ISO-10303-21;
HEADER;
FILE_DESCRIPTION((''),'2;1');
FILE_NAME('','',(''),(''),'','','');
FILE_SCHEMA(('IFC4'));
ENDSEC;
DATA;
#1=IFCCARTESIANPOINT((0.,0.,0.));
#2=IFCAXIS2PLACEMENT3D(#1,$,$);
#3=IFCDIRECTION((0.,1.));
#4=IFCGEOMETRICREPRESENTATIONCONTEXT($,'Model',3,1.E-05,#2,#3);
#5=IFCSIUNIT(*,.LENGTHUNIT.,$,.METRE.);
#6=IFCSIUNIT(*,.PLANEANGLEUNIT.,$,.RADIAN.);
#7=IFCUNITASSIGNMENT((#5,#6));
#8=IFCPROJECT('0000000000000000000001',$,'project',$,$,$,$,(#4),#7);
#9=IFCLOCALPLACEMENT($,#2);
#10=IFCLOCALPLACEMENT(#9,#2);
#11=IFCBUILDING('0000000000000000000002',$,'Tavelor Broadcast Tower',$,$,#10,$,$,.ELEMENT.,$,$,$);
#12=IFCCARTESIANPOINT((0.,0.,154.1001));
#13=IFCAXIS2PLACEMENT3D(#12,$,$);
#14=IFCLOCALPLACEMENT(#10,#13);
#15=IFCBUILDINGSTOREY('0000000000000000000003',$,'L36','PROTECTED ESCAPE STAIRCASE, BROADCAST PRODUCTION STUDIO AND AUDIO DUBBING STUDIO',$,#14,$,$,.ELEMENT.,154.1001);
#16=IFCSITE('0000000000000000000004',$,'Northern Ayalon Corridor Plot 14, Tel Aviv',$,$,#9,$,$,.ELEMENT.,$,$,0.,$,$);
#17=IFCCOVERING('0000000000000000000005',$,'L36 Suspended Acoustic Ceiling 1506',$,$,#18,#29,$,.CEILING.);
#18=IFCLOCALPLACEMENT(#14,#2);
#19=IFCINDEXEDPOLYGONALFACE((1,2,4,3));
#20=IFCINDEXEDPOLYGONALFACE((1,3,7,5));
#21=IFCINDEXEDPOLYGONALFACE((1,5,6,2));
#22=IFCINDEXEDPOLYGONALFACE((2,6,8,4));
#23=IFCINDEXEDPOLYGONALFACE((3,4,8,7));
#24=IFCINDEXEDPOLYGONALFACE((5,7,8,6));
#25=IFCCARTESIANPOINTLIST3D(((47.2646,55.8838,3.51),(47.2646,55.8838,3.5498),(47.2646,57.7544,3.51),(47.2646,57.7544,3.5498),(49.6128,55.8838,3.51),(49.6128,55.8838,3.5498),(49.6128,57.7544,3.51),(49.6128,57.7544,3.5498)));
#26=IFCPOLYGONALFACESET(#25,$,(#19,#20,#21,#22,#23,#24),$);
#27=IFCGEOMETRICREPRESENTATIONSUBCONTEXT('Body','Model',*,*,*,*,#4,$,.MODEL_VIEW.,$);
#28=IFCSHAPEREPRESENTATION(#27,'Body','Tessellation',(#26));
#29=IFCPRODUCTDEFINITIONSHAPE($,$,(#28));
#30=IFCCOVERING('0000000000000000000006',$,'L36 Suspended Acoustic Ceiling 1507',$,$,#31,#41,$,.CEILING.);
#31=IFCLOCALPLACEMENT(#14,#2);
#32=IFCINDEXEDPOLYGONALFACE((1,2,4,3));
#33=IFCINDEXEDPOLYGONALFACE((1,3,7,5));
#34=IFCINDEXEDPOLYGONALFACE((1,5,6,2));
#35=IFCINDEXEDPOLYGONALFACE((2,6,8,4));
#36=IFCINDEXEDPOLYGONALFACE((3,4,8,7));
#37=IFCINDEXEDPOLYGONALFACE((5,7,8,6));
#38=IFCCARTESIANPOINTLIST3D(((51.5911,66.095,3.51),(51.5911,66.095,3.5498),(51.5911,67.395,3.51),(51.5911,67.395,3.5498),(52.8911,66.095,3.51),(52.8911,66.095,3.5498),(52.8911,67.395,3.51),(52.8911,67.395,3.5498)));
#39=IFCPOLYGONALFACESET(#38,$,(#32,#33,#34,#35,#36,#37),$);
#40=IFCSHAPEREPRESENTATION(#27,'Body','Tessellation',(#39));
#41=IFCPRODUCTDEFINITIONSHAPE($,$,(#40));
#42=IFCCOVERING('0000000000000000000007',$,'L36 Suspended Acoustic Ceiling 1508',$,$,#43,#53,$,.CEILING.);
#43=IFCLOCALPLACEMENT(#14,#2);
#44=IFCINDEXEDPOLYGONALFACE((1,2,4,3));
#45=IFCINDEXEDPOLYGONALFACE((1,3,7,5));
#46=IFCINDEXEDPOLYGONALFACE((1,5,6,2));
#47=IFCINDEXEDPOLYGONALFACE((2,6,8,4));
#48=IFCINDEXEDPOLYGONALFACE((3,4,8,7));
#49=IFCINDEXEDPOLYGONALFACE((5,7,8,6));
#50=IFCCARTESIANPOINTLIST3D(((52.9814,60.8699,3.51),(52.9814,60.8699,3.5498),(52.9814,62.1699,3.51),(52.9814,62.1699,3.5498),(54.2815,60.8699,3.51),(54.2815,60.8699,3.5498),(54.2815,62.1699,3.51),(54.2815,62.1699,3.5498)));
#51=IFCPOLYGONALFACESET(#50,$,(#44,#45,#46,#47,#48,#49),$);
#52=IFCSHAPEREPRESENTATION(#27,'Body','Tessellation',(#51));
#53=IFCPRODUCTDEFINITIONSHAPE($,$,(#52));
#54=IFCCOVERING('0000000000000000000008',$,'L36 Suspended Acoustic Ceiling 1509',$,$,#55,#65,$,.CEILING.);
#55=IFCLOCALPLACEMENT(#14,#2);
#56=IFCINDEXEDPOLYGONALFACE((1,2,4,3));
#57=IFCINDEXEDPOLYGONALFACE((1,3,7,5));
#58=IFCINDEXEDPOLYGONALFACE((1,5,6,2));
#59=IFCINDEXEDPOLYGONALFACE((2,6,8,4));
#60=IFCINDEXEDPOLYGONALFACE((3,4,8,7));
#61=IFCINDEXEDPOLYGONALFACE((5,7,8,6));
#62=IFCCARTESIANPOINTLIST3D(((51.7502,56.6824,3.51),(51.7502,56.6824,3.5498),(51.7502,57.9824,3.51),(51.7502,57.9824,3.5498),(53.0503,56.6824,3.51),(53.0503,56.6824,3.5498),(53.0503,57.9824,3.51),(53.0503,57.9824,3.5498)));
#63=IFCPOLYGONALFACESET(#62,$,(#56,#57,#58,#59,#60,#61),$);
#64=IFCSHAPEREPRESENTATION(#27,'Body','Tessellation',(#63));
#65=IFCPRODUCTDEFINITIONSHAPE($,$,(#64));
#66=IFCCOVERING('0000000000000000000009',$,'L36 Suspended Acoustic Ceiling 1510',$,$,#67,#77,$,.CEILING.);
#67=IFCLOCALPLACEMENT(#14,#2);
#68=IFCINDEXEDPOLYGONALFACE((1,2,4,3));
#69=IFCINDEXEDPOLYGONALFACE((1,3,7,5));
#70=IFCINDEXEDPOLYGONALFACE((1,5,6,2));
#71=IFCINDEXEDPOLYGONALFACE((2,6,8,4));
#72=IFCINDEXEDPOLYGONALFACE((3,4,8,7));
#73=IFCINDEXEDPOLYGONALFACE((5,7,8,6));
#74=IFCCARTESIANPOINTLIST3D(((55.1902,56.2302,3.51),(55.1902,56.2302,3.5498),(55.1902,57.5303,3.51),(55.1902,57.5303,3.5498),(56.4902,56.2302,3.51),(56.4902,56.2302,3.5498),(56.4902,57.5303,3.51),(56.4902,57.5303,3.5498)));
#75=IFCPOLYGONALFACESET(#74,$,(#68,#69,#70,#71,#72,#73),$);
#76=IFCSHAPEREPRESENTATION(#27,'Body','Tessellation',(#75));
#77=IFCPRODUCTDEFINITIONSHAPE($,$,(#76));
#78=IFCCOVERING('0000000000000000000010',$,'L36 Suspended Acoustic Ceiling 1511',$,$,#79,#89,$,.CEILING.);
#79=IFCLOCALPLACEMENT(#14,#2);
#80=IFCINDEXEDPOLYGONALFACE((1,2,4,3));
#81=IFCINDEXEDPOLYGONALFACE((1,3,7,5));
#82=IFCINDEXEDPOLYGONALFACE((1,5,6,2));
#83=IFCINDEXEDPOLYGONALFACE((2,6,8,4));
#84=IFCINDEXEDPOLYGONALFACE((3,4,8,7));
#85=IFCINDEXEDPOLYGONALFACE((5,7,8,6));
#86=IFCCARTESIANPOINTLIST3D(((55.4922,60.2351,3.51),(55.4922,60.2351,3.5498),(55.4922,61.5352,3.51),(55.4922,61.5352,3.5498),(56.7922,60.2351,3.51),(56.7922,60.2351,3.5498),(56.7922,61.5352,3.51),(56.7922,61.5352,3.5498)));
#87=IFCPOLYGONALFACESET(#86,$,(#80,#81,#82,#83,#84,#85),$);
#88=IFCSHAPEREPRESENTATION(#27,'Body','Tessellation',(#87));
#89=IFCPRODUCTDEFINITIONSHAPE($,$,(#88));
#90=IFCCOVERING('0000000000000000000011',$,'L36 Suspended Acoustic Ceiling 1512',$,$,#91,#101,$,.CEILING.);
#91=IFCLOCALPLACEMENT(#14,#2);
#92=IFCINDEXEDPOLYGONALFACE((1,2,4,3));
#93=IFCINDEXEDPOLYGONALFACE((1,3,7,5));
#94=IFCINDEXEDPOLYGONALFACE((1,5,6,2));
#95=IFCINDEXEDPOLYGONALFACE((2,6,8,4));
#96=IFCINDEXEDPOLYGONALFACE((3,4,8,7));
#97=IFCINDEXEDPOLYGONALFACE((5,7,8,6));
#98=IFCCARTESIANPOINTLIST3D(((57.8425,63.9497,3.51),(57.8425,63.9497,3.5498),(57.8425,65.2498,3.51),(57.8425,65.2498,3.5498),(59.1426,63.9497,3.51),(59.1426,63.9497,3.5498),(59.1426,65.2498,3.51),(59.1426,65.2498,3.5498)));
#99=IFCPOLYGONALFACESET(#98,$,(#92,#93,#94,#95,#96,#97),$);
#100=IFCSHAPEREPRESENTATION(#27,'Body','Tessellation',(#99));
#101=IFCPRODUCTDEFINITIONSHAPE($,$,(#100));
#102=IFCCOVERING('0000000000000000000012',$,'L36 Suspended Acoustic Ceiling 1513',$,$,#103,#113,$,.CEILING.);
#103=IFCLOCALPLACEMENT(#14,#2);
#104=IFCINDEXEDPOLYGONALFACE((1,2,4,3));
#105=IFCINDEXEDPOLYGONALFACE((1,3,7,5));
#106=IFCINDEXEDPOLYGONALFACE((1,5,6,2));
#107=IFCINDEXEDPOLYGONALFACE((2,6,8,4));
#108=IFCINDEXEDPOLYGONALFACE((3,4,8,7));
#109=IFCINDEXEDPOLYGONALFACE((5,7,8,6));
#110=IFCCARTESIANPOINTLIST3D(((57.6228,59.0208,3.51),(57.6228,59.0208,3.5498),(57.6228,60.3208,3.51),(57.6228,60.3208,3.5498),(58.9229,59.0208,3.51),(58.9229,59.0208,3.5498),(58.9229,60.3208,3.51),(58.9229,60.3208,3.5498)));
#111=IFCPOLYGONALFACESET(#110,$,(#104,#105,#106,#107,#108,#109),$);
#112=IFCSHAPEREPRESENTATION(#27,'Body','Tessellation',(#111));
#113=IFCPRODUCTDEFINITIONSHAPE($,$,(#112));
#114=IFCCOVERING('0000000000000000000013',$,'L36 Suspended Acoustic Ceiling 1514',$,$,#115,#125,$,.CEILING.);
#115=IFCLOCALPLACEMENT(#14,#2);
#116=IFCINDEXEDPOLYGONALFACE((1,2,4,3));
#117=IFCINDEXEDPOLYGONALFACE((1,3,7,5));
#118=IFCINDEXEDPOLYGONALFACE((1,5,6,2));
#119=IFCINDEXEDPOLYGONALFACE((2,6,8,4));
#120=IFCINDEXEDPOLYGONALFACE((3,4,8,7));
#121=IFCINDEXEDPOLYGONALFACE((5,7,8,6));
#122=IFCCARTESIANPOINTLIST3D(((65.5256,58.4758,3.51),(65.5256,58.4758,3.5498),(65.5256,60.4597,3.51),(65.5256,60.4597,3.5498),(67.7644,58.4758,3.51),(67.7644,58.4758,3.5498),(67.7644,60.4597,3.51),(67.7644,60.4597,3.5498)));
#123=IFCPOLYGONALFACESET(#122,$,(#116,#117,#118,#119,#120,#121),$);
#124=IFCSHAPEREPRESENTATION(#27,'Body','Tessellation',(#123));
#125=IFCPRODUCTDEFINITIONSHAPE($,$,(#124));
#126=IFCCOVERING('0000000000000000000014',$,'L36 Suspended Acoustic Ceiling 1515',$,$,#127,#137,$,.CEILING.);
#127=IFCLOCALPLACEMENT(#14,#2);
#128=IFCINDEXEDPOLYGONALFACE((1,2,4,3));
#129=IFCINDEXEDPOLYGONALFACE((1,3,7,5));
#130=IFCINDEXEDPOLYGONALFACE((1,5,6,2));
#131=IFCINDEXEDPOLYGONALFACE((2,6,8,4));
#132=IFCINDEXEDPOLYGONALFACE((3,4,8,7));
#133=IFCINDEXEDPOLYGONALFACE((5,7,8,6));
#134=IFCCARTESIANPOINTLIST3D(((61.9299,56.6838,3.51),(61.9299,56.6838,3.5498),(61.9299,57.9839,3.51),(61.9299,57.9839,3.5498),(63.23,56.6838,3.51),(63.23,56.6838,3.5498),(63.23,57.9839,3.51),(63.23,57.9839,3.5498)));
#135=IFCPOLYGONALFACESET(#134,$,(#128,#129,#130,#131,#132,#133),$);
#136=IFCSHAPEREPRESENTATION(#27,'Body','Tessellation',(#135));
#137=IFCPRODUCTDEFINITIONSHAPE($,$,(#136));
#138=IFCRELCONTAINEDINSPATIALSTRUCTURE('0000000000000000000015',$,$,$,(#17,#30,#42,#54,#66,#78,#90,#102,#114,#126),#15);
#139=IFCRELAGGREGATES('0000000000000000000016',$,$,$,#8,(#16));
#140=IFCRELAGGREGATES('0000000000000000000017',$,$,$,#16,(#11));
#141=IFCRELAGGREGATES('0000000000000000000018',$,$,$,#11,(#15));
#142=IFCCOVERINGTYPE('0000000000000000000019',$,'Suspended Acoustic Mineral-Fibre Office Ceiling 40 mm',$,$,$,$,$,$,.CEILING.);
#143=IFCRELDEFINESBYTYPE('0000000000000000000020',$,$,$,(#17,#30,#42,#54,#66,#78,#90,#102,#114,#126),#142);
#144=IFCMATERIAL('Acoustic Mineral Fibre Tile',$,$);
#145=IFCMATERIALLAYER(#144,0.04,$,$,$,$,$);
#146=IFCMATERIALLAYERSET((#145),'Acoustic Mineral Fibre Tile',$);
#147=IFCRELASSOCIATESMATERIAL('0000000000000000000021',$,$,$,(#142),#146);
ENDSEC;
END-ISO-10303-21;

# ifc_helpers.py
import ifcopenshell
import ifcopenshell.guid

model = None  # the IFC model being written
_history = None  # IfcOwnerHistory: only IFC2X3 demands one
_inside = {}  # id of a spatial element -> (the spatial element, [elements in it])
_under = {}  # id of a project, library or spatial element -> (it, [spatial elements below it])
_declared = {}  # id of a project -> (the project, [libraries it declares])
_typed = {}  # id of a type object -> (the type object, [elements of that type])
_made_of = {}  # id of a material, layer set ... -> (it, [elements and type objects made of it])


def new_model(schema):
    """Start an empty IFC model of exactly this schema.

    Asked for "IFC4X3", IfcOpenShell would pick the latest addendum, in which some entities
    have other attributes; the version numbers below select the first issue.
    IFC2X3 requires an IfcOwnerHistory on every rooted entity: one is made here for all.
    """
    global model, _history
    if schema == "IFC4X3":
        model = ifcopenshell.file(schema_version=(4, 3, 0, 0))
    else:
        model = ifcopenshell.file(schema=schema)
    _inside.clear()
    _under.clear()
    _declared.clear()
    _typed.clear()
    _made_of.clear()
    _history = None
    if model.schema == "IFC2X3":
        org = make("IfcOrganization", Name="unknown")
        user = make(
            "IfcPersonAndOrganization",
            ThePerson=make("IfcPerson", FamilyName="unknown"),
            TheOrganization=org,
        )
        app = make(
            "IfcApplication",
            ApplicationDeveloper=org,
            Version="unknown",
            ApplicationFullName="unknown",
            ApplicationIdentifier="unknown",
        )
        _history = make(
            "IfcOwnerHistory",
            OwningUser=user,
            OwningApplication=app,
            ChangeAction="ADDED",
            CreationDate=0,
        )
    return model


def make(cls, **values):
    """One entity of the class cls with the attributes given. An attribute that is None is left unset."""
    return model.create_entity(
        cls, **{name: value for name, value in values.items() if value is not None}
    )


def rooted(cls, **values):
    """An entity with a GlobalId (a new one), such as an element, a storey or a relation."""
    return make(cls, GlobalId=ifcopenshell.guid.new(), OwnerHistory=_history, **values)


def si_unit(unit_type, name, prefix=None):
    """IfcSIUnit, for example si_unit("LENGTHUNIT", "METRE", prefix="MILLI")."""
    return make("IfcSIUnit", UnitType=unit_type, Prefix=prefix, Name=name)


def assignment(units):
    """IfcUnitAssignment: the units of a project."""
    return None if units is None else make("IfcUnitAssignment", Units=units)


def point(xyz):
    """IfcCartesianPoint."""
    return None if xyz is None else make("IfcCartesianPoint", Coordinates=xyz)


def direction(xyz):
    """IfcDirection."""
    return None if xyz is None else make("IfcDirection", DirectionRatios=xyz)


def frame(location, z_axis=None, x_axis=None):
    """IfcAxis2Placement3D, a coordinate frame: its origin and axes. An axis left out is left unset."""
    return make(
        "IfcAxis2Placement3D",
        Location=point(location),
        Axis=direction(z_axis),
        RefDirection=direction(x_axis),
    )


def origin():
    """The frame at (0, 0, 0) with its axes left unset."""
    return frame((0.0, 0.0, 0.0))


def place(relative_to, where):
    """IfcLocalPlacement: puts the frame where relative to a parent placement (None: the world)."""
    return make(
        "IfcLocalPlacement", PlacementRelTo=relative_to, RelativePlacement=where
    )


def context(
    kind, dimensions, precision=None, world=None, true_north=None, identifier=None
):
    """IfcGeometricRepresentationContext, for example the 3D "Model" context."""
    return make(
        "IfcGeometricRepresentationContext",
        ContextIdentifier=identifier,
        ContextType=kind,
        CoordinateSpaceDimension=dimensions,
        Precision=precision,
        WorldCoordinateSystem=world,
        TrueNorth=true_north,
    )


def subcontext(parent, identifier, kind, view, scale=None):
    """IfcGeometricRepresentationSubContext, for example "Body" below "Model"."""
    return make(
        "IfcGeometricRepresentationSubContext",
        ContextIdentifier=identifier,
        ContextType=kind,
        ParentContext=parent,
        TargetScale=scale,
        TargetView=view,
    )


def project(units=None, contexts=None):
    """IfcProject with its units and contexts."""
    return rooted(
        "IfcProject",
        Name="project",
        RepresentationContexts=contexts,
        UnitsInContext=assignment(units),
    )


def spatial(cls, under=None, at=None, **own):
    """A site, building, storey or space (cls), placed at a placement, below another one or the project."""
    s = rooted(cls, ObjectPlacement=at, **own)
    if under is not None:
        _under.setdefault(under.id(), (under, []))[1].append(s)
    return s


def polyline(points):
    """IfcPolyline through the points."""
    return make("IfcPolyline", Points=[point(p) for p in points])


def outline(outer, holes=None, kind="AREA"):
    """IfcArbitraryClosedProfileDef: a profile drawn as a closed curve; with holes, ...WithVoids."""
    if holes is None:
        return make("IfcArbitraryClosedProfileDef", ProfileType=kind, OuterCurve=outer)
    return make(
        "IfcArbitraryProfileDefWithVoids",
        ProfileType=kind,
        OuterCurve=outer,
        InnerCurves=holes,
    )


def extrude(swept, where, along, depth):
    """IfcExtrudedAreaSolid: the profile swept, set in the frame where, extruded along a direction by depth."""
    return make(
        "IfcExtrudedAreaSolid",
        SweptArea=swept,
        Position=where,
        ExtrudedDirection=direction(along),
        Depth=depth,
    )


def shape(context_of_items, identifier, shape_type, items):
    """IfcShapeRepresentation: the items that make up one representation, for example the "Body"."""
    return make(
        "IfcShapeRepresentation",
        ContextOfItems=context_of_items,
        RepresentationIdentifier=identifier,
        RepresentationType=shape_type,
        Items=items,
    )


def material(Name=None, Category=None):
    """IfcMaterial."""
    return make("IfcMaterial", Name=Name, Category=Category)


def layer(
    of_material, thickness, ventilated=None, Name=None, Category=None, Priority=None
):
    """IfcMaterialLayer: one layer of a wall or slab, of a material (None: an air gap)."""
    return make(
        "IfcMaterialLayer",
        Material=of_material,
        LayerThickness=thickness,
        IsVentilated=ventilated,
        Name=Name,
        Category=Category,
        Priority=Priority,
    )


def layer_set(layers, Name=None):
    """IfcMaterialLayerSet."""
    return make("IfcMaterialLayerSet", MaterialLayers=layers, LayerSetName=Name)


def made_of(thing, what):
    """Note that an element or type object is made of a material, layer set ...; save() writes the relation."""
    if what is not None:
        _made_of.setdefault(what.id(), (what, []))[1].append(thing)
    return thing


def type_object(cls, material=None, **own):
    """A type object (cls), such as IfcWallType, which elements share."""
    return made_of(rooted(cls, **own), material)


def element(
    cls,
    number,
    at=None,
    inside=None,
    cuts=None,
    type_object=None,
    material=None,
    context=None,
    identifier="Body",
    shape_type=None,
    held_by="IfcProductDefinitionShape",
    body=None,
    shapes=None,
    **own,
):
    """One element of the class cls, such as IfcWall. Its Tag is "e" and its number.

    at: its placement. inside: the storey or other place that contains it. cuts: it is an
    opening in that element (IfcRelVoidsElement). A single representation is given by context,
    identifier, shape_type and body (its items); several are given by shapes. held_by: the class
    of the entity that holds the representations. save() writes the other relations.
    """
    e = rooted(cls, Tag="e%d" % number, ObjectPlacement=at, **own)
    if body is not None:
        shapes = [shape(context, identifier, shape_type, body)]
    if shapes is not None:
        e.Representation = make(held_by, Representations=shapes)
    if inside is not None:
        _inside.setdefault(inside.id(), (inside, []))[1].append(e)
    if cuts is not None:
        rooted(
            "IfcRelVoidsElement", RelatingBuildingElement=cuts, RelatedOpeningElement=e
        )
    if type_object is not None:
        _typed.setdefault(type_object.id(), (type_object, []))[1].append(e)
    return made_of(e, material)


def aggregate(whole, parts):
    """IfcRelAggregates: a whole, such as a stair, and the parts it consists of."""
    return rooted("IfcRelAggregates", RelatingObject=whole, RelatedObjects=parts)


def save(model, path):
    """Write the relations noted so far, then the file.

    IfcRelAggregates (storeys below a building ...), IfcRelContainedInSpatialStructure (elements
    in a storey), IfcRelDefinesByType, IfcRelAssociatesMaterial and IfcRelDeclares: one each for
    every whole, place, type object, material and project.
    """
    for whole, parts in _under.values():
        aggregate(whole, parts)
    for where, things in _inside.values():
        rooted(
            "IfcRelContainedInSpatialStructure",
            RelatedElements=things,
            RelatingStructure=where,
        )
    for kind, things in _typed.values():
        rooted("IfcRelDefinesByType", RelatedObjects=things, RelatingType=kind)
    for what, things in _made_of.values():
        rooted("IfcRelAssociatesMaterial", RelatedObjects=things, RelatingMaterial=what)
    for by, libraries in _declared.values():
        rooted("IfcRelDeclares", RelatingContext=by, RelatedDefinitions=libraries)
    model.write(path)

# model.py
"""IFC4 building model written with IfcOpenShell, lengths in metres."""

from ifc_helpers import new_model, si_unit, direction, frame, origin, place, context, subcontext, project, spatial, polyline, outline, extrude, material, layer, layer_set, type_object, element, save


model = new_model("IFC4")

# Units and contexts
model_context = context("Model", 3, precision=1e-05, world=origin(), true_north=direction((0.0, 1.0)))
body_context = subcontext(model_context, "Body", "Model", "MODEL_VIEW")
ifc_project = project(units=[si_unit("LENGTHUNIT", "METRE"), si_unit("PLANEANGLEUNIT", "RADIAN")], contexts=[model_context])

# Site, building, storey
site_placement = place(None, origin())
site = spatial("IfcSite", under=ifc_project, at=site_placement, Name="Northern Ayalon Corridor Plot 14, Tel Aviv", CompositionType="ELEMENT", RefElevation=0.0)
building_placement = place(site_placement, origin())
building = spatial("IfcBuilding", under=site, at=building_placement, Name="Tavelor Broadcast Tower", CompositionType="ELEMENT")
storey_placement = place(building_placement, frame((0.0, 0.0, 154.1001)))
storey = spatial("IfcBuildingStorey", under=building, at=storey_placement, Name="L36", Description="PROTECTED ESCAPE STAIRCASE, BROADCAST PRODUCTION STUDIO AND AUDIO DUBBING STUDIO", CompositionType="ELEMENT", Elevation=154.1001)

# Coverings
ifc_material_1 = material(Name="Acoustic Mineral Fibre Tile")
ifc_layer_1 = layer(ifc_material_1, 0.04)
ifc_layer_set_1 = layer_set([ifc_layer_1], Name="Acoustic Mineral Fibre Tile")
covering_type_1 = type_object("IfcCoveringType", Name="Suspended Acoustic Mineral-Fibre Office Ceiling 40 mm", PredefinedType="CEILING", material=ifc_layer_set_1)
covering_1_placement = place(storey_placement, frame((0.0, 0.0, 3.51)))
element("IfcCovering", 1, at=covering_1_placement, inside=storey, type_object=covering_type_1, Name="L36 Suspended Acoustic Ceiling 1506", PredefinedType="CEILING", context=body_context, shape_type="SweptSolid", body=[
    extrude(outline(polyline([(47.2646, 55.8838), (49.6128, 55.8838), (49.6128, 57.7544), (47.2646, 57.7544), (47.2646, 55.8838)])), origin(), (0.0, 0.0, 1.0), 0.0398),
])
covering_2_placement = place(storey_placement, frame((0.0, 0.0, 3.51)))
element("IfcCovering", 2, at=covering_2_placement, inside=storey, type_object=covering_type_1, Name="L36 Suspended Acoustic Ceiling 1507", PredefinedType="CEILING", context=body_context, shape_type="SweptSolid", body=[
    extrude(outline(polyline([(51.5911, 66.095), (52.8911, 66.095), (52.8911, 67.395), (51.5911, 67.395), (51.5911, 66.095)])), origin(), (0.0, 0.0, 1.0), 0.0398),
])
covering_3_placement = place(storey_placement, frame((0.0, 0.0, 3.51)))
element("IfcCovering", 3, at=covering_3_placement, inside=storey, type_object=covering_type_1, Name="L36 Suspended Acoustic Ceiling 1508", PredefinedType="CEILING", context=body_context, shape_type="SweptSolid", body=[
    extrude(outline(polyline([(52.9814, 60.8699), (54.2815, 60.8699), (54.2815, 62.1699), (52.9814, 62.1699), (52.9814, 60.8699)])), origin(), (0.0, 0.0, 1.0), 0.0398),
])
covering_4_placement = place(storey_placement, frame((0.0, 0.0, 3.51)))
element("IfcCovering", 4, at=covering_4_placement, inside=storey, type_object=covering_type_1, Name="L36 Suspended Acoustic Ceiling 1509", PredefinedType="CEILING", context=body_context, shape_type="SweptSolid", body=[
    extrude(outline(polyline([(51.7502, 56.6824), (53.0503, 56.6824), (53.0503, 57.9824), (51.7502, 57.9824), (51.7502, 56.6824)])), origin(), (0.0, 0.0, 1.0), 0.0398),
])
covering_5_placement = place(storey_placement, frame((0.0, 0.0, 3.51)))
element("IfcCovering", 5, at=covering_5_placement, inside=storey, type_object=covering_type_1, Name="L36 Suspended Acoustic Ceiling 1510", PredefinedType="CEILING", context=body_context, shape_type="SweptSolid", body=[
    extrude(outline(polyline([(55.1902, 56.2302), (56.4902, 56.2302), (56.4902, 57.5303), (55.1902, 57.5303), (55.1902, 56.2302)])), origin(), (0.0, 0.0, 1.0), 0.0398),
])
covering_6_placement = place(storey_placement, frame((0.0, 0.0, 3.51)))
element("IfcCovering", 6, at=covering_6_placement, inside=storey, type_object=covering_type_1, Name="L36 Suspended Acoustic Ceiling 1511", PredefinedType="CEILING", context=body_context, shape_type="SweptSolid", body=[
    extrude(outline(polyline([(55.4922, 60.2351), (56.7922, 60.2351), (56.7922, 61.5352), (55.4922, 61.5352), (55.4922, 60.2351)])), origin(), (0.0, 0.0, 1.0), 0.0398),
])
covering_7_placement = place(storey_placement, frame((0.0, 0.0, 3.51)))
element("IfcCovering", 7, at=covering_7_placement, inside=storey, type_object=covering_type_1, Name="L36 Suspended Acoustic Ceiling 1512", PredefinedType="CEILING", context=body_context, shape_type="SweptSolid", body=[
    extrude(outline(polyline([(57.8425, 63.9497), (59.1426, 63.9497), (59.1426, 65.2498), (57.8425, 65.2498), (57.8425, 63.9497)])), origin(), (0.0, 0.0, 1.0), 0.0398),
])
covering_8_placement = place(storey_placement, frame((0.0, 0.0, 3.51)))
element("IfcCovering", 8, at=covering_8_placement, inside=storey, type_object=covering_type_1, Name="L36 Suspended Acoustic Ceiling 1513", PredefinedType="CEILING", context=body_context, shape_type="SweptSolid", body=[
    extrude(outline(polyline([(57.6228, 59.0208), (58.9229, 59.0208), (58.9229, 60.3208), (57.6228, 60.3208), (57.6228, 59.0208)])), origin(), (0.0, 0.0, 1.0), 0.0398),
])
covering_9_placement = place(storey_placement, frame((0.0, 0.0, 3.51)))
element("IfcCovering", 9, at=covering_9_placement, inside=storey, type_object=covering_type_1, Name="L36 Suspended Acoustic Ceiling 1514", PredefinedType="CEILING", context=body_context, shape_type="SweptSolid", body=[
    extrude(outline(polyline([(65.5256, 58.4758), (67.7644, 58.4758), (67.7644, 60.4597), (65.5256, 60.4597), (65.5256, 58.4758)])), origin(), (0.0, 0.0, 1.0), 0.0398),
])
covering_10_placement = place(storey_placement, frame((0.0, 0.0, 3.51)))
element("IfcCovering", 10, at=covering_10_placement, inside=storey, type_object=covering_type_1, Name="L36 Suspended Acoustic Ceiling 1515", PredefinedType="CEILING", context=body_context, shape_type="SweptSolid", body=[
    extrude(outline(polyline([(61.9299, 56.6838), (63.23, 56.6838), (63.23, 57.9839), (61.9299, 57.9839), (61.9299, 56.6838)])), origin(), (0.0, 0.0, 1.0), 0.0398),
])

save(model, "model.ifc")
